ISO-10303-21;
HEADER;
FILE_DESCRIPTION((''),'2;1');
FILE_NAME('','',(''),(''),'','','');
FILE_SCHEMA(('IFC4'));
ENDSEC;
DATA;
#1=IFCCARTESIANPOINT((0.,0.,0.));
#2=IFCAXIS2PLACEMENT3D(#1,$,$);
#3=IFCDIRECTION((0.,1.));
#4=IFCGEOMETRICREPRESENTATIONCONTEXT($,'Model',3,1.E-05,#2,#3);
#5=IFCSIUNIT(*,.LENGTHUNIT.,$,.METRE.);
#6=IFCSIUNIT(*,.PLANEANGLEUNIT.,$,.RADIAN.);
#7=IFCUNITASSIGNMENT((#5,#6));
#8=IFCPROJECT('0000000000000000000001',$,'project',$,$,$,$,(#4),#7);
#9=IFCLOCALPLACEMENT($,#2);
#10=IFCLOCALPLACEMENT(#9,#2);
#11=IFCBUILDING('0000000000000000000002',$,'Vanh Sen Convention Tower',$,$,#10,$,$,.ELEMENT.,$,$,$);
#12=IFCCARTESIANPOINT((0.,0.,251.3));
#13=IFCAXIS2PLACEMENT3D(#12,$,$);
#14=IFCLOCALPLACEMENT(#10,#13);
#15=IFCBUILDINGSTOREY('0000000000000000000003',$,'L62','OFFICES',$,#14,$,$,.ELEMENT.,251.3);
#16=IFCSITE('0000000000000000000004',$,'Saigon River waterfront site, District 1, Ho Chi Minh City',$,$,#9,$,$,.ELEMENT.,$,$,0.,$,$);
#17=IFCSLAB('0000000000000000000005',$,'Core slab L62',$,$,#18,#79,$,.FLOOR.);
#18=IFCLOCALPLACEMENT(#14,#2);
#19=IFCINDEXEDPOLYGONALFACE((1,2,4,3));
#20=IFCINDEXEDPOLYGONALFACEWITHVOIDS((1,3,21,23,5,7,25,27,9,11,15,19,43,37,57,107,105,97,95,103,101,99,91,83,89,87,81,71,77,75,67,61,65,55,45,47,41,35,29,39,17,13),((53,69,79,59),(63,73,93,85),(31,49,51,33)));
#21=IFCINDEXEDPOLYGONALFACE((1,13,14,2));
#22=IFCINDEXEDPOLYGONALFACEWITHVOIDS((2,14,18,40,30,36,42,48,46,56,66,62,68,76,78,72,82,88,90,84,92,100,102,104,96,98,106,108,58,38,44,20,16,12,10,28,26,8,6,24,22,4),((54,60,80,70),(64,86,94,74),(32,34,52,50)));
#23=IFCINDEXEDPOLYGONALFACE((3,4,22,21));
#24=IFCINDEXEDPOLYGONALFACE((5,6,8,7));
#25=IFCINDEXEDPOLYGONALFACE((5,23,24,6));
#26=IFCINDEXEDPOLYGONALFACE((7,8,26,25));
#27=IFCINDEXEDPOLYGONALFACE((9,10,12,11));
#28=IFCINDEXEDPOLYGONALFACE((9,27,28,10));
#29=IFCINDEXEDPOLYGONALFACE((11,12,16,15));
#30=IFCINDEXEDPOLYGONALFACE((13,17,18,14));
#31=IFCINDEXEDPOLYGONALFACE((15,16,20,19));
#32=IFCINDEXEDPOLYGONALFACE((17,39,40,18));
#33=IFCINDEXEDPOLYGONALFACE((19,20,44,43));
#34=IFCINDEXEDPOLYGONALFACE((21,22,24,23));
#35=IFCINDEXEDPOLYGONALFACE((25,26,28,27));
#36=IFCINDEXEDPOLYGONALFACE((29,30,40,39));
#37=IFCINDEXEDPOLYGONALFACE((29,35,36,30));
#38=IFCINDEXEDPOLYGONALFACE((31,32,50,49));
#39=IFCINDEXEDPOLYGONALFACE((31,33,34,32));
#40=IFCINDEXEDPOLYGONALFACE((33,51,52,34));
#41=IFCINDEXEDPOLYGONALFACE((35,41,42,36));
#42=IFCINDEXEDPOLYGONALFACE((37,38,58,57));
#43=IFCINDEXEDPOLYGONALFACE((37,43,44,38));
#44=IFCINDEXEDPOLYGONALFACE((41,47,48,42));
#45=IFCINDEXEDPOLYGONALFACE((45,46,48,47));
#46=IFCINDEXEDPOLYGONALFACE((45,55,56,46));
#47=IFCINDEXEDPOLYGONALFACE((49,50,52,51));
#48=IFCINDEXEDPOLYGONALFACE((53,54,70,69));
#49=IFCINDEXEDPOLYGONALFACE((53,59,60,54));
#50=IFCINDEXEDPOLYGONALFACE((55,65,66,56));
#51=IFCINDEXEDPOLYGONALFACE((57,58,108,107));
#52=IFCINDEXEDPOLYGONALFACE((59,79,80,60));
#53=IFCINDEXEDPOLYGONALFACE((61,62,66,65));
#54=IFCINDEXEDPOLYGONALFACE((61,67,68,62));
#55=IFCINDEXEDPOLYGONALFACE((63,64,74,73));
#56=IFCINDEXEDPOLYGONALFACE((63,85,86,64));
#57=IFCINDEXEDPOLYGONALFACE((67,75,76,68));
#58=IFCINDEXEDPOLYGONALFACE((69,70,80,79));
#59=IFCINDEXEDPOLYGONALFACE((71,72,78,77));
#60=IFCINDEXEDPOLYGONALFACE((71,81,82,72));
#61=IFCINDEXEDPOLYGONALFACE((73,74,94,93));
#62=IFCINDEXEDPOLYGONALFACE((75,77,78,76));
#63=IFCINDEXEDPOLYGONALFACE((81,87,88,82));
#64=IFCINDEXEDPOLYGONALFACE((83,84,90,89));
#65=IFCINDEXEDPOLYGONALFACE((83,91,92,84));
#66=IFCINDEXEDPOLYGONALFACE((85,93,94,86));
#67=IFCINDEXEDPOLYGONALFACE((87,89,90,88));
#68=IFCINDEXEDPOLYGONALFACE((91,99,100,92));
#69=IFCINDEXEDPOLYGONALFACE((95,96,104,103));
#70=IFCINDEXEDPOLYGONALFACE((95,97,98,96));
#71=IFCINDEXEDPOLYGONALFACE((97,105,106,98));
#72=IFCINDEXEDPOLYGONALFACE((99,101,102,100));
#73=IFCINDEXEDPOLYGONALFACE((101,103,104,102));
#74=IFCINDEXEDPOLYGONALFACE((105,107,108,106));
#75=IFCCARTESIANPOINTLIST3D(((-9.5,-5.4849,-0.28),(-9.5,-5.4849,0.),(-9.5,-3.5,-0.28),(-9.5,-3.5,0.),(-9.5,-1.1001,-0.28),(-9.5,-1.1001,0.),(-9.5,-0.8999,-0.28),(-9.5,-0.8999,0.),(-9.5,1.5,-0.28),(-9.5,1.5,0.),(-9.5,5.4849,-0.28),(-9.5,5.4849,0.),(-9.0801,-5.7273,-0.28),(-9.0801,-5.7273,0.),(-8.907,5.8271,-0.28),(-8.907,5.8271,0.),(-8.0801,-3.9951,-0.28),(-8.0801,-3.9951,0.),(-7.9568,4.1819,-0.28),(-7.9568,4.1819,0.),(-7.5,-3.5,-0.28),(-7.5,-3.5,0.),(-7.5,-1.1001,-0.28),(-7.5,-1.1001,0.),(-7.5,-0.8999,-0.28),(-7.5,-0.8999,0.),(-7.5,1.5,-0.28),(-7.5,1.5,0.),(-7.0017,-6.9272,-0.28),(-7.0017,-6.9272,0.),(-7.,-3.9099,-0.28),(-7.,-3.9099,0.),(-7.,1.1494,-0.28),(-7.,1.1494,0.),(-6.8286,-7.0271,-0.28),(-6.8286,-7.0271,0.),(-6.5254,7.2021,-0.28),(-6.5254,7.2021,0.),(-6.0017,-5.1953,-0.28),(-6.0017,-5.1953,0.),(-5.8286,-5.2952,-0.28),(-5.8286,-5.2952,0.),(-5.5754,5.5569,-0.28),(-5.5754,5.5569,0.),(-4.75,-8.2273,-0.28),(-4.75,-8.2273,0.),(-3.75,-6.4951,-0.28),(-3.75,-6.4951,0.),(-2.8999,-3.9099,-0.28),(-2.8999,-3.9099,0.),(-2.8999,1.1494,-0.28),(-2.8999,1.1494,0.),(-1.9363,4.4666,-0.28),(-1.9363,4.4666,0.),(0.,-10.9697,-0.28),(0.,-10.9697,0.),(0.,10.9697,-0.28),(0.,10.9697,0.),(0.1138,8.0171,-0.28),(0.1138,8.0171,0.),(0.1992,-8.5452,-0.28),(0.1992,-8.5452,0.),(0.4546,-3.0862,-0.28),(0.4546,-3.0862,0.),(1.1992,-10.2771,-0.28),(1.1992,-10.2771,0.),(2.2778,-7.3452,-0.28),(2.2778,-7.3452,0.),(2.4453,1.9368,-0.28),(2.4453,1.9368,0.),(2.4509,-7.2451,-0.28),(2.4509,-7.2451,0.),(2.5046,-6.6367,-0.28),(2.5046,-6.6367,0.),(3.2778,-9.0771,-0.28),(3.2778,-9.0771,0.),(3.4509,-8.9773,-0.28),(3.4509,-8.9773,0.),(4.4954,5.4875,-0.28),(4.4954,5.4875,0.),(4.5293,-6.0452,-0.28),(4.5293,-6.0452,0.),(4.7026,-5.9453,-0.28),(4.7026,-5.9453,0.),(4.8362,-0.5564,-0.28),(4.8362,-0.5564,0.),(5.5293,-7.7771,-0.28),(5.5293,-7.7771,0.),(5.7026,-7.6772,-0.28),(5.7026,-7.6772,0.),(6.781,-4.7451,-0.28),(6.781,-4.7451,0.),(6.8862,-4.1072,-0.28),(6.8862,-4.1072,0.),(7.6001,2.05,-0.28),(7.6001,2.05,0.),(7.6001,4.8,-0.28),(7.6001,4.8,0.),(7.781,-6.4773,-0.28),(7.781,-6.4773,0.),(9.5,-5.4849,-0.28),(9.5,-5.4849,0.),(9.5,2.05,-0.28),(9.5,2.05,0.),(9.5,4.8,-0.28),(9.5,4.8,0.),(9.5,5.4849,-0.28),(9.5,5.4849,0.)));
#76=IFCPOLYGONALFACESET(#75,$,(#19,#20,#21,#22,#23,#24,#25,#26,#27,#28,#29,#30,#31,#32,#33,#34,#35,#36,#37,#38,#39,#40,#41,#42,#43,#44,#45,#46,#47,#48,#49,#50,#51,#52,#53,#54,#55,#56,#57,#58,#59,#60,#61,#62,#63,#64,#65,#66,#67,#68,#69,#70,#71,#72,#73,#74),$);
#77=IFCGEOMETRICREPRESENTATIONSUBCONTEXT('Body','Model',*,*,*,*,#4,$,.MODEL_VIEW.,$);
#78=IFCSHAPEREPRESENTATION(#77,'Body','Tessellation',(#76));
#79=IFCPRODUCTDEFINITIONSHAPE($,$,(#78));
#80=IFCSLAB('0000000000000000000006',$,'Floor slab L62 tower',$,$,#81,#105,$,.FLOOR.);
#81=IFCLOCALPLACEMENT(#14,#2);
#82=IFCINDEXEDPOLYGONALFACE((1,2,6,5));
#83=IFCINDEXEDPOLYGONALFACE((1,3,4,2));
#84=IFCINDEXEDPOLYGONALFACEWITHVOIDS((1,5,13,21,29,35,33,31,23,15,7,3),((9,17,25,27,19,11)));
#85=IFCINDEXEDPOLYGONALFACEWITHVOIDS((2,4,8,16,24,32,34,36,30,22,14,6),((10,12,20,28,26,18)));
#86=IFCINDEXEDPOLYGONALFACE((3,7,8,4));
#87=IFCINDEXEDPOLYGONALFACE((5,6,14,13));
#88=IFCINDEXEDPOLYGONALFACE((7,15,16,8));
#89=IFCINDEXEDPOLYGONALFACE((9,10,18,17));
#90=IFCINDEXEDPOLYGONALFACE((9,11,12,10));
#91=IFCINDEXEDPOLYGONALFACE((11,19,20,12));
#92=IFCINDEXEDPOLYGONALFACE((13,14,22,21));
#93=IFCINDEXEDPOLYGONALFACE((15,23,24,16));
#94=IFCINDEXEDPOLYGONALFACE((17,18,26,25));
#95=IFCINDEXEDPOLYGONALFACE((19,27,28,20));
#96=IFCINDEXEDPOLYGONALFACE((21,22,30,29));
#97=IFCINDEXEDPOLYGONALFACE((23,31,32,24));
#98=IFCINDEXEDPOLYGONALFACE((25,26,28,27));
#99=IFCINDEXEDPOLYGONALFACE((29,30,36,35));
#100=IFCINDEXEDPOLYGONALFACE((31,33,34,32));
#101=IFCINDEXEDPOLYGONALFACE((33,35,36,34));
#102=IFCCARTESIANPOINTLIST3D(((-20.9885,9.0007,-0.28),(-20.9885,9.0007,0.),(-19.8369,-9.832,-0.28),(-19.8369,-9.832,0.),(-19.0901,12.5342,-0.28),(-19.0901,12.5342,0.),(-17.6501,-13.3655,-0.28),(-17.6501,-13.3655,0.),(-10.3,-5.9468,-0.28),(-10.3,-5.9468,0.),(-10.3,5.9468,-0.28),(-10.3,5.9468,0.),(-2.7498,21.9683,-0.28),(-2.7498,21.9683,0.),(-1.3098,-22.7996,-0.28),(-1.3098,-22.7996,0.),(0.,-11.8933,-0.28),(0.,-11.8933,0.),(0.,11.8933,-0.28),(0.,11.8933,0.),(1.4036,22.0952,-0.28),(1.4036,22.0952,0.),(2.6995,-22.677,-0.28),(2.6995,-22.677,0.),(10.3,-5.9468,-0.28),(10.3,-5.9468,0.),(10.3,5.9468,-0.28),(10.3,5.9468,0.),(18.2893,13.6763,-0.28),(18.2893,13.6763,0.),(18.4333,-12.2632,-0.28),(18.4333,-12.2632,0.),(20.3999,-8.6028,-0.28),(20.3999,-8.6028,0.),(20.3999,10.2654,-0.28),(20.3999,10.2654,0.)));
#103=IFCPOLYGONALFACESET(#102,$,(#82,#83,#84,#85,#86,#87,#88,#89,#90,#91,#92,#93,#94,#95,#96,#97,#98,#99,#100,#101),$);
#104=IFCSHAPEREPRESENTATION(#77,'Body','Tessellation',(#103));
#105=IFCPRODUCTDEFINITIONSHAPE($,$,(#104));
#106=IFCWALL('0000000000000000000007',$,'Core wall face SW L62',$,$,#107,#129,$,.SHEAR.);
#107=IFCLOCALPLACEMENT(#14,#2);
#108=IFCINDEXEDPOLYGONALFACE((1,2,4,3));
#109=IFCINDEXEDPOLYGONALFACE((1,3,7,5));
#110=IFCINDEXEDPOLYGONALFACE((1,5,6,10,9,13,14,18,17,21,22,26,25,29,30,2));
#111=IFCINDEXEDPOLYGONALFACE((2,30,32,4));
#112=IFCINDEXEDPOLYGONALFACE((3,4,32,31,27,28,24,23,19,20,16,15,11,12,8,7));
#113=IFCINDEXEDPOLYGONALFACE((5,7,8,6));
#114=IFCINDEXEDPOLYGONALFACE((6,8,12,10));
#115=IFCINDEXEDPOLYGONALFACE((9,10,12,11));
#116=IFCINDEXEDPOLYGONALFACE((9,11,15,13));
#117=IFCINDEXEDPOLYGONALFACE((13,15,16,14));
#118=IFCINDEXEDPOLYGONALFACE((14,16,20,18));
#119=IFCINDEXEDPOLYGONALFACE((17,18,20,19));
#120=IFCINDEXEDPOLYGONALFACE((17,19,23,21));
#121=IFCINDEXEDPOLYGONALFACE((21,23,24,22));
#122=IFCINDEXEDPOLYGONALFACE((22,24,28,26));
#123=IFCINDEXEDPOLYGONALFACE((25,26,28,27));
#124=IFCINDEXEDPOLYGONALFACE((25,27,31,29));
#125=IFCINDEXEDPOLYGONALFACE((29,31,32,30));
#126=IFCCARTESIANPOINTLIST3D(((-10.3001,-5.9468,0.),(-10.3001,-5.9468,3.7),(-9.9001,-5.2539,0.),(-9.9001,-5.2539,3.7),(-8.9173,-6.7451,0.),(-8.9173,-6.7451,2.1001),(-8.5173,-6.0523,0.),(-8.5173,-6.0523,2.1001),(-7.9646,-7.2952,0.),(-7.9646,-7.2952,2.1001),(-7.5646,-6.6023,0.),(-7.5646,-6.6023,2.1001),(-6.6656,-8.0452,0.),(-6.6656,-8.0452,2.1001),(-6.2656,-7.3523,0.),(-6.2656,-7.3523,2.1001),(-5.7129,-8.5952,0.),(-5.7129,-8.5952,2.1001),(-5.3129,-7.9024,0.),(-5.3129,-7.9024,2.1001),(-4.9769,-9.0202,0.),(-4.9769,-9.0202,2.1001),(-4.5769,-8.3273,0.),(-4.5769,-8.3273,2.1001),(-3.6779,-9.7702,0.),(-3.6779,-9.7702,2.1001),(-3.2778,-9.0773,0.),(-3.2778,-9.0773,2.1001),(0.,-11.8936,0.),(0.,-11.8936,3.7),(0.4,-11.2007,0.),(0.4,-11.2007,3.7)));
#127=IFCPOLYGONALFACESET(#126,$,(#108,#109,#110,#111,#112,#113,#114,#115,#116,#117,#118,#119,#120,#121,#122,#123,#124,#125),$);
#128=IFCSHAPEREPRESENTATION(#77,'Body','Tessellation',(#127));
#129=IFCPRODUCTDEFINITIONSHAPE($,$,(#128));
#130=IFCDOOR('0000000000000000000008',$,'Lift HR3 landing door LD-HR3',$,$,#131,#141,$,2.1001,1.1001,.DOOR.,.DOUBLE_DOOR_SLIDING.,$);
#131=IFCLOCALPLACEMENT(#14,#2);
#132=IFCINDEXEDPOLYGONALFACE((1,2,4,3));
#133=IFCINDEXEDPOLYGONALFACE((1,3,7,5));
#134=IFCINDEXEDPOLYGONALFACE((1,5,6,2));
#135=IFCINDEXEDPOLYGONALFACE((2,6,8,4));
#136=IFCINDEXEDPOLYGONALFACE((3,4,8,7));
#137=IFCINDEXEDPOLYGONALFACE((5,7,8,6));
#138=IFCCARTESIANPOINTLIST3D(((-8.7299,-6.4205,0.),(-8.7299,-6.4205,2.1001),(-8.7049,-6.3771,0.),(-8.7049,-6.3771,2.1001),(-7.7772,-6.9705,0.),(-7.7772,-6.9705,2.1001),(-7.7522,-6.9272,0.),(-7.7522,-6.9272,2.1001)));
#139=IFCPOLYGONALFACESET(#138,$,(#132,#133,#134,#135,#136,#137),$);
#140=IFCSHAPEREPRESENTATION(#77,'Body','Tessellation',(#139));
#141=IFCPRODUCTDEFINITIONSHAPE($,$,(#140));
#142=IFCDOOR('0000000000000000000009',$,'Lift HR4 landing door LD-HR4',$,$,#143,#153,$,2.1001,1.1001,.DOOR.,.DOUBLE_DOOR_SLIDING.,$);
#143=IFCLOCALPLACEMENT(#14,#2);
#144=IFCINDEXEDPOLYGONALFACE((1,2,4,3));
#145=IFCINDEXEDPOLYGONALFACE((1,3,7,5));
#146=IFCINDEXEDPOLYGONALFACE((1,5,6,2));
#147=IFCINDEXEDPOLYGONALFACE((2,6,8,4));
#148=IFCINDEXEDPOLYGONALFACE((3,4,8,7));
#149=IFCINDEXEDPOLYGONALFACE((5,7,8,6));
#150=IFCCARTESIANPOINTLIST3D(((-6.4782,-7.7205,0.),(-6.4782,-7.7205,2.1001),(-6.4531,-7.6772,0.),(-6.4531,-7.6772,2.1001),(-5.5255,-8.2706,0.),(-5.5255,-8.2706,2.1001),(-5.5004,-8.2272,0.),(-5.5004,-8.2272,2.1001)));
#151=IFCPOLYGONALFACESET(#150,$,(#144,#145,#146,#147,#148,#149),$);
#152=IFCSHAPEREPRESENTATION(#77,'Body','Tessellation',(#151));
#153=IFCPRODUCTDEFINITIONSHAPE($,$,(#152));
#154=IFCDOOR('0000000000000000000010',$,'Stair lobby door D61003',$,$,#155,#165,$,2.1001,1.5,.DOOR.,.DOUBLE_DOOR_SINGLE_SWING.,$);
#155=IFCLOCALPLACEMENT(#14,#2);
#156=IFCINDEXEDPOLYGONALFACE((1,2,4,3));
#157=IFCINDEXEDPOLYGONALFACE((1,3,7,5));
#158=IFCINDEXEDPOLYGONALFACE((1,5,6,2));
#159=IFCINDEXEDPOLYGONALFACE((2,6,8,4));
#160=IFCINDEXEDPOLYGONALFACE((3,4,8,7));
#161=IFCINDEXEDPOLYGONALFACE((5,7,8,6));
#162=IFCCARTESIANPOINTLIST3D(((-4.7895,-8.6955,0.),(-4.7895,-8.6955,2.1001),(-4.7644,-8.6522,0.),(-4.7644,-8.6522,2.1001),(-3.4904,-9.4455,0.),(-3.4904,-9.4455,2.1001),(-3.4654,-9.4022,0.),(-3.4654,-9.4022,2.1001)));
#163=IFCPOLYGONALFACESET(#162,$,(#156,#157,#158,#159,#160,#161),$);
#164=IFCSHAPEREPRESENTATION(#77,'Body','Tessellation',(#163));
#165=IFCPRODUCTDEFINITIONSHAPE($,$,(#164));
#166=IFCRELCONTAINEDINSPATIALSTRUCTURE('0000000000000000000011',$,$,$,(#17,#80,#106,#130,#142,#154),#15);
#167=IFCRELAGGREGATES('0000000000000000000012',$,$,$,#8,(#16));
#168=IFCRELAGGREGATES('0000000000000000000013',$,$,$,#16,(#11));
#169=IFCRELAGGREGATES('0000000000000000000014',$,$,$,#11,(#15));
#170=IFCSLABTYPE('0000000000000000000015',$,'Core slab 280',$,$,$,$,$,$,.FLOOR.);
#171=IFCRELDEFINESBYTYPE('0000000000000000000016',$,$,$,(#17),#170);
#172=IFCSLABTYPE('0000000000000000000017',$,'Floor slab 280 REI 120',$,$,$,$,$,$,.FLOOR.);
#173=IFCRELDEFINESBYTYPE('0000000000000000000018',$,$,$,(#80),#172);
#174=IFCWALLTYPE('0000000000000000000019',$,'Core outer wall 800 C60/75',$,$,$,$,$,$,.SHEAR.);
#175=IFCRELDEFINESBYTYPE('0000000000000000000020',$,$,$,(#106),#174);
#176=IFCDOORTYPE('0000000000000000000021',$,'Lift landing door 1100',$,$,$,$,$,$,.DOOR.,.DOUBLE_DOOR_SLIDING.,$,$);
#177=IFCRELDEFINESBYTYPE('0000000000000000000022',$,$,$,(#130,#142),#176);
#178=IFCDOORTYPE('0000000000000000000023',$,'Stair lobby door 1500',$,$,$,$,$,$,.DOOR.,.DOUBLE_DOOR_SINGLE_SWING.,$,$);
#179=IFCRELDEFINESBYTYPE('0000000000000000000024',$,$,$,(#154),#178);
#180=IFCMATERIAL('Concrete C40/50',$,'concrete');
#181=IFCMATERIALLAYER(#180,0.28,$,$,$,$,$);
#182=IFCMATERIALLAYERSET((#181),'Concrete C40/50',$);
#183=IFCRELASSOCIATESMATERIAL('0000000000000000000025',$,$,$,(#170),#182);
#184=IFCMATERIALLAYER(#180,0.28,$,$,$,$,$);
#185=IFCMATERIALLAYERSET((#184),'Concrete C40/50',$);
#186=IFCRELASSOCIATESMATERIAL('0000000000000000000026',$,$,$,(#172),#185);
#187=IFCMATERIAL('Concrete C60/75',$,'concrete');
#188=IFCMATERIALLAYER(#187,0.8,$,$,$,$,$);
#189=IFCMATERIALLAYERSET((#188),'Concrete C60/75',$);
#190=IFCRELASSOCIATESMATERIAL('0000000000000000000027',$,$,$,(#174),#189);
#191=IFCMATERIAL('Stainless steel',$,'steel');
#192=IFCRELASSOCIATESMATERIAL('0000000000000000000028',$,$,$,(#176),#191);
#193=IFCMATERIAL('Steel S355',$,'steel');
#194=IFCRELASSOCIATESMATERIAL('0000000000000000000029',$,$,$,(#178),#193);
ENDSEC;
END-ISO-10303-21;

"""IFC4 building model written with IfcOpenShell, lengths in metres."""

from ifc_helpers import new_model, si_unit, direction, frame, frame_2d, origin, place, context, subcontext, project, spatial, polyline, rectangle, outline, extrude, material, layer, layer_set, type_object, element, fill, save


model = new_model("IFC4")

# Units and contexts
model_context = context("Model", 3, precision=1e-05, world=origin(), true_north=direction((0.0, 1.0)))
body_context = subcontext(model_context, "Body", "Model", "MODEL_VIEW")
ifc_project = project(units=[si_unit("LENGTHUNIT", "METRE"), si_unit("PLANEANGLEUNIT", "RADIAN")], contexts=[model_context])

# Site, building, storey
site_placement = place(None, origin())
site = spatial("IfcSite", under=ifc_project, at=site_placement, Name="Saigon River waterfront site, District 1, Ho Chi Minh City", CompositionType="ELEMENT", RefElevation=0.0)
building_placement = place(site_placement, origin())
building = spatial("IfcBuilding", under=site, at=building_placement, Name="Vanh Sen Convention Tower", CompositionType="ELEMENT")
storey_placement = place(building_placement, frame((0.0, 0.0, 251.3)))
storey = spatial("IfcBuildingStorey", under=building, at=storey_placement, Name="L62", Description="OFFICES", CompositionType="ELEMENT", Elevation=251.3)

# Slabs
ifc_material_1 = material(Name="Concrete C40/50", Category="concrete")
ifc_layer_1 = layer(ifc_material_1, 0.28)
ifc_layer_set_1 = layer_set([ifc_layer_1], Name="Concrete C40/50")
slab_type_1 = type_object("IfcSlabType", Name="Core slab 280", PredefinedType="FLOOR", material=ifc_layer_set_1)
slab_1_placement = place(storey_placement, frame((0.0, 0.0, -0.28)))
element("IfcSlab", 1, at=slab_1_placement, inside=storey, type_object=slab_type_1, Name="Core slab L62", PredefinedType="FLOOR", context=body_context, shape_type="SweptSolid", body=[
    extrude(outline(polyline([(0.0, 10.9697), (9.5, 5.4849), (9.5, 4.8), (7.6001, 4.8), (7.6001, 2.05), (9.5, 2.05), (9.5, -5.4849), (7.781, -6.4773), (6.781, -4.7451), (4.7026, -5.9453), (5.7026, -7.6772), (5.5293, -7.7771), (4.5293, -6.0452), (2.4509, -7.2451), (3.4509, -8.9773), (3.2778, -9.0771), (2.2778, -7.3452), (0.1992, -8.5452), (1.1992, -10.2771), (0.0, -10.9697), (-4.75, -8.2273), (-3.75, -6.4951), (-5.8286, -5.2952), (-6.8286, -7.0271), (-7.0017, -6.9272), (-6.0017, -5.1953), (-8.0801, -3.9951), (-9.0801, -5.7273), (-9.5, -5.4849), (-9.5, -3.5), (-7.5, -3.5), (-7.5, -1.1001), (-9.5, -1.1001), (-9.5, -0.8999), (-7.5, -0.8999), (-7.5, 1.5), (-9.5, 1.5), (-9.5, 5.4849), (-8.907, 5.8271), (-7.9568, 4.1819), (-5.5754, 5.5569), (-6.5254, 7.2021), (0.0, 10.9697)]), holes=[polyline([(-7.0, 1.1494), (-7.0, -3.9099), (-2.8999, -3.9099), (-2.8999, 1.1494), (-7.0, 1.1494)]), polyline([(2.5046, -6.6367), (6.8862, -4.1072), (4.8362, -0.5564), (0.4546, -3.0862), (2.5046, -6.6367)]), polyline([(0.1138, 8.0171), (-1.9363, 4.4666), (2.4453, 1.9368), (4.4954, 5.4875), (0.1138, 8.0171)])]), origin(), (0.0, 0.0, 1.0), 0.28),
])
ifc_layer_2 = layer(ifc_material_1, 0.28)
ifc_layer_set_2 = layer_set([ifc_layer_2], Name="Concrete C40/50")
slab_type_2 = type_object("IfcSlabType", Name="Floor slab 280 REI 120", PredefinedType="FLOOR", material=ifc_layer_set_2)
slab_2_placement = place(storey_placement, frame((0.0, 0.0, -0.28)))
element("IfcSlab", 2, at=slab_2_placement, inside=storey, type_object=slab_type_2, Name="Floor slab L62 tower", PredefinedType="FLOOR", context=body_context, shape_type="SweptSolid", body=[
    extrude(outline(polyline([(20.3999, -8.6028), (20.3999, 10.2654), (18.2893, 13.6763), (1.4036, 22.0952), (-2.7498, 21.9683), (-19.0901, 12.5342), (-20.9885, 9.0007), (-19.8369, -9.832), (-17.6501, -13.3655), (-1.3098, -22.7996), (2.6995, -22.677), (18.4333, -12.2632), (20.3999, -8.6028)]), holes=[polyline([(0.0, 11.8933), (-10.3, 5.9468), (-10.3, -5.9468), (0.0, -11.8933), (10.3, -5.9468), (10.3, 5.9468), (0.0, 11.8933)])]), origin(), (0.0, 0.0, 1.0), 0.28),
])

# Wall, openings, doors
ifc_material_2 = material(Name="Concrete C60/75", Category="concrete")
ifc_layer_3 = layer(ifc_material_2, 0.8)
ifc_layer_set_3 = layer_set([ifc_layer_3], Name="Concrete C60/75")
wall_type_1 = type_object("IfcWallType", Name="Core outer wall 800 C60/75", PredefinedType="SHEAR", material=ifc_layer_set_3)
wall_1_placement = place(storey_placement, frame((-10.1001, -5.6003, 0.0), z_axis=(0.0, 0.0, 1.0), x_axis=(0.866024, -0.500003, 0.0)))
wall_1 = element("IfcWall", 3, at=wall_1_placement, inside=storey, type_object=wall_type_1, Name="Core wall face SW L62", PredefinedType="SHEAR", context=body_context, shape_type="SweptSolid", body=[
    extrude(rectangle(XDim=11.8936, YDim=0.8, at=frame_2d((5.9468, 0.0))), origin(), (0.0, 0.0, 1.0), 3.7),
])
opening_1_placement = place(wall_1_placement, frame((6.1467, 0.0, 0.0)))
opening_1 = element("IfcOpeningElement", 4, at=opening_1_placement, cuts=wall_1, PredefinedType="OPENING", context=body_context, shape_type="SweptSolid", body=[
    extrude(rectangle(XDim=1.5, YDim=2.1001, at=frame_2d((0.75, 1.05))), frame((0.0, 0.4099, 0.0), z_axis=(0.0, -1.0, 0.0), x_axis=(1.0, 0.0, 0.0)), (0.0, 0.0, 1.0), 0.8201),
])
opening_2_placement = place(wall_1_placement, frame((1.5967, 0.0, 0.0)))
opening_2 = element("IfcOpeningElement", 5, at=opening_2_placement, cuts=wall_1, PredefinedType="OPENING", context=body_context, shape_type="SweptSolid", body=[
    extrude(rectangle(XDim=1.1001, YDim=2.1001, at=frame_2d((0.55, 1.05))), frame((0.0, 0.4099, 0.0), z_axis=(0.0, -1.0, 0.0), x_axis=(1.0, 0.0, 0.0)), (0.0, 0.0, 1.0), 0.8201),
])
opening_3_placement = place(wall_1_placement, frame((4.1968, 0.0, 0.0)))
opening_3 = element("IfcOpeningElement", 6, at=opening_3_placement, cuts=wall_1, PredefinedType="OPENING", context=body_context, shape_type="SweptSolid", body=[
    extrude(rectangle(XDim=1.1001, YDim=2.1001, at=frame_2d((0.55, 1.05))), frame((0.0, 0.4099, 0.0), z_axis=(0.0, -1.0, 0.0), x_axis=(1.0, 0.0, 0.0)), (0.0, 0.0, 1.0), 0.8201),
])
ifc_material_3 = material(Name="Stainless steel", Category="steel")
door_type_1 = type_object("IfcDoorType", Name="Lift landing door 1100", OperationType="DOUBLE_DOOR_SLIDING", PredefinedType="DOOR", material=ifc_material_3)
door_1_placement = place(opening_2_placement, origin())
door_1 = element("IfcDoor", 7, at=door_1_placement, inside=storey, type_object=door_type_1, Name="Lift HR3 landing door LD-HR3", OperationType="DOUBLE_DOOR_SLIDING", OverallHeight=2.1001, OverallWidth=1.1001, PredefinedType="DOOR", context=body_context, shape_type="SweptSolid", body=[
    extrude(rectangle(XDim=1.1001, YDim=2.1001, at=frame_2d((0.55, 1.05))), frame((0.0, 0.0249, 0.0), z_axis=(0.0, -1.0, 0.0), x_axis=(1.0, 0.0, 0.0)), (0.0, 0.0, 1.0), 0.05),
])
fill(opening_2, door_1)
door_2_placement = place(opening_3_placement, origin())
door_2 = element("IfcDoor", 8, at=door_2_placement, inside=storey, type_object=door_type_1, Name="Lift HR4 landing door LD-HR4", OperationType="DOUBLE_DOOR_SLIDING", OverallHeight=2.1001, OverallWidth=1.1001, PredefinedType="DOOR", context=body_context, shape_type="SweptSolid", body=[
    extrude(rectangle(XDim=1.1001, YDim=2.1001, at=frame_2d((0.55, 1.05))), frame((0.0, 0.0249, 0.0), z_axis=(0.0, -1.0, 0.0), x_axis=(1.0, 0.0, 0.0)), (0.0, 0.0, 1.0), 0.05),
])
fill(opening_3, door_2)
ifc_material_4 = material(Name="Steel S355", Category="steel")
door_type_2 = type_object("IfcDoorType", Name="Stair lobby door 1500", OperationType="DOUBLE_DOOR_SINGLE_SWING", PredefinedType="DOOR", material=ifc_material_4)
door_3_placement = place(opening_1_placement, origin())
door_3 = element("IfcDoor", 9, at=door_3_placement, inside=storey, type_object=door_type_2, Name="Stair lobby door D61003", OperationType="DOUBLE_DOOR_SINGLE_SWING", OverallHeight=2.1001, OverallWidth=1.5, PredefinedType="DOOR", context=body_context, shape_type="SweptSolid", body=[
    extrude(rectangle(XDim=1.5, YDim=2.1001, at=frame_2d((0.75, 1.05))), frame((0.0, 0.0249, 0.0), z_axis=(0.0, -1.0, 0.0), x_axis=(1.0, 0.0, 0.0)), (0.0, 0.0, 1.0), 0.05),
])
fill(opening_1, door_3)

save(model, "model.ifc")
